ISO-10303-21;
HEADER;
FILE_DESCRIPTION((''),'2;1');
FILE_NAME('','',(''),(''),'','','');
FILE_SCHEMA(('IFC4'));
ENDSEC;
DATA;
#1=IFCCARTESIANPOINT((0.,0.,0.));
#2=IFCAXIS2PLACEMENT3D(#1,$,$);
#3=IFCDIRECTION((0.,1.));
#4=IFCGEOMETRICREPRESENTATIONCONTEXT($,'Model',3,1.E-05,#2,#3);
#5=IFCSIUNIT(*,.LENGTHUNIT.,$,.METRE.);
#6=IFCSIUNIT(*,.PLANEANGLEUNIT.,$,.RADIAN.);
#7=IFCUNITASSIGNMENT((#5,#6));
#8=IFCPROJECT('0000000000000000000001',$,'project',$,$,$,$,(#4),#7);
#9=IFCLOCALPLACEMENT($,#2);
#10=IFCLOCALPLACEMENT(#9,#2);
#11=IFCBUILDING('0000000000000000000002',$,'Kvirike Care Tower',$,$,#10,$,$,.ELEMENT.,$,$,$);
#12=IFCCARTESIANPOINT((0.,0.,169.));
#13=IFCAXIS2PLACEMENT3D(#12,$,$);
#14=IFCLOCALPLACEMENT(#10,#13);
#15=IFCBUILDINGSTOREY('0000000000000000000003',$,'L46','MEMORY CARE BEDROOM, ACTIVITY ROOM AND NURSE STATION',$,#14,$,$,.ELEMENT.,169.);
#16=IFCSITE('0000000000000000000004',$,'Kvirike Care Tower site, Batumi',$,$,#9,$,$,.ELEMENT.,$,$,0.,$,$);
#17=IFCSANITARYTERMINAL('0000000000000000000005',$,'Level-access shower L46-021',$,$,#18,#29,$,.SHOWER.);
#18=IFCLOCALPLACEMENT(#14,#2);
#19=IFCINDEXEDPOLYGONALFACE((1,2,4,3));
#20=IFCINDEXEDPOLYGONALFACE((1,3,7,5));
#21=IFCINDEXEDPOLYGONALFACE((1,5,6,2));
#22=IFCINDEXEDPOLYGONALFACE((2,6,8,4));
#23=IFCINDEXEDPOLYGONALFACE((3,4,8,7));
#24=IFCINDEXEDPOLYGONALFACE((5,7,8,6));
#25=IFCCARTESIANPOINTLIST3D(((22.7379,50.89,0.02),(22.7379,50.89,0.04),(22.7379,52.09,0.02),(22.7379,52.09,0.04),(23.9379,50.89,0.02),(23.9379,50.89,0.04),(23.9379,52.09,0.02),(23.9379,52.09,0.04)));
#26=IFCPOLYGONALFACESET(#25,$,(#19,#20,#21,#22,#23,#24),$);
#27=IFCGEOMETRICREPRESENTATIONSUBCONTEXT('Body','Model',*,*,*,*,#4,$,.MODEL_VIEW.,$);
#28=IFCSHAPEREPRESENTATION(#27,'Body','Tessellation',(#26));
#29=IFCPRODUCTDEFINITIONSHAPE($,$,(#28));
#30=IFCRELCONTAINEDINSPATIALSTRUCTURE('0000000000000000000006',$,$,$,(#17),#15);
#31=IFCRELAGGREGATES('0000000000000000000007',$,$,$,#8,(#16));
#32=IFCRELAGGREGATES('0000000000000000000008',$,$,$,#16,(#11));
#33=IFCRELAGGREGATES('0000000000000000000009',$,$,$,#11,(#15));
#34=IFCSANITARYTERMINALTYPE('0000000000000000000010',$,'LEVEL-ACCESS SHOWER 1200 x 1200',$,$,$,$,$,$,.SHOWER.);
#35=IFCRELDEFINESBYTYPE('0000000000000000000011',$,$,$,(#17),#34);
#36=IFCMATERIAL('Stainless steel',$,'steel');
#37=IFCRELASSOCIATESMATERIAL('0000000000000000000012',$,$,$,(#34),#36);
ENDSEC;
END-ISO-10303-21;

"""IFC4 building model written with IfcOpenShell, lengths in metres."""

from ifc_helpers import new_model, si_unit, direction, frame, origin, origin_2d, place, context, subcontext, project, spatial, rectangle, extrude, material, type_object, element, save


model = new_model("IFC4")

# Units and contexts
model_context = context("Model", 3, precision=1e-05, world=origin(), true_north=direction((0.0, 1.0)))
body_context = subcontext(model_context, "Body", "Model", "MODEL_VIEW")
ifc_project = project(units=[si_unit("LENGTHUNIT", "METRE"), si_unit("PLANEANGLEUNIT", "RADIAN")], contexts=[model_context])

# Site, building, storey
site_placement = place(None, origin())
site = spatial("IfcSite", under=ifc_project, at=site_placement, Name="Kvirike Care Tower site, Batumi", CompositionType="ELEMENT", RefElevation=0.0)
building_placement = place(site_placement, origin())
building = spatial("IfcBuilding", under=site, at=building_placement, Name="Kvirike Care Tower", CompositionType="ELEMENT")
storey_placement = place(building_placement, frame((0.0, 0.0, 169.0)))
storey = spatial("IfcBuildingStorey", under=building, at=storey_placement, Name="L46", Description="MEMORY CARE BEDROOM, ACTIVITY ROOM AND NURSE STATION", CompositionType="ELEMENT", Elevation=169.0)

# Sanitary terminal
ifc_material_1 = material(Name="Stainless steel", Category="steel")
sanitary_terminal_type_1 = type_object("IfcSanitaryTerminalType", Name="LEVEL-ACCESS SHOWER 1200 x 1200", PredefinedType="SHOWER", material=ifc_material_1)
sanitary_terminal_1_placement = place(storey_placement, frame((23.3379, 51.49, 0.02), z_axis=(0.0, 0.0, 1.0), x_axis=(0.0, -1.0, 0.0)))
element("IfcSanitaryTerminal", 1, at=sanitary_terminal_1_placement, inside=storey, type_object=sanitary_terminal_type_1, Name="Level-access shower L46-021", PredefinedType="SHOWER", context=body_context, shape_type="SweptSolid", body=[
    extrude(rectangle(XDim=1.2, YDim=1.2, at=origin_2d()), origin(), (0.0, 0.0, 1.0), 0.02),
])

save(model, "model.ifc")
